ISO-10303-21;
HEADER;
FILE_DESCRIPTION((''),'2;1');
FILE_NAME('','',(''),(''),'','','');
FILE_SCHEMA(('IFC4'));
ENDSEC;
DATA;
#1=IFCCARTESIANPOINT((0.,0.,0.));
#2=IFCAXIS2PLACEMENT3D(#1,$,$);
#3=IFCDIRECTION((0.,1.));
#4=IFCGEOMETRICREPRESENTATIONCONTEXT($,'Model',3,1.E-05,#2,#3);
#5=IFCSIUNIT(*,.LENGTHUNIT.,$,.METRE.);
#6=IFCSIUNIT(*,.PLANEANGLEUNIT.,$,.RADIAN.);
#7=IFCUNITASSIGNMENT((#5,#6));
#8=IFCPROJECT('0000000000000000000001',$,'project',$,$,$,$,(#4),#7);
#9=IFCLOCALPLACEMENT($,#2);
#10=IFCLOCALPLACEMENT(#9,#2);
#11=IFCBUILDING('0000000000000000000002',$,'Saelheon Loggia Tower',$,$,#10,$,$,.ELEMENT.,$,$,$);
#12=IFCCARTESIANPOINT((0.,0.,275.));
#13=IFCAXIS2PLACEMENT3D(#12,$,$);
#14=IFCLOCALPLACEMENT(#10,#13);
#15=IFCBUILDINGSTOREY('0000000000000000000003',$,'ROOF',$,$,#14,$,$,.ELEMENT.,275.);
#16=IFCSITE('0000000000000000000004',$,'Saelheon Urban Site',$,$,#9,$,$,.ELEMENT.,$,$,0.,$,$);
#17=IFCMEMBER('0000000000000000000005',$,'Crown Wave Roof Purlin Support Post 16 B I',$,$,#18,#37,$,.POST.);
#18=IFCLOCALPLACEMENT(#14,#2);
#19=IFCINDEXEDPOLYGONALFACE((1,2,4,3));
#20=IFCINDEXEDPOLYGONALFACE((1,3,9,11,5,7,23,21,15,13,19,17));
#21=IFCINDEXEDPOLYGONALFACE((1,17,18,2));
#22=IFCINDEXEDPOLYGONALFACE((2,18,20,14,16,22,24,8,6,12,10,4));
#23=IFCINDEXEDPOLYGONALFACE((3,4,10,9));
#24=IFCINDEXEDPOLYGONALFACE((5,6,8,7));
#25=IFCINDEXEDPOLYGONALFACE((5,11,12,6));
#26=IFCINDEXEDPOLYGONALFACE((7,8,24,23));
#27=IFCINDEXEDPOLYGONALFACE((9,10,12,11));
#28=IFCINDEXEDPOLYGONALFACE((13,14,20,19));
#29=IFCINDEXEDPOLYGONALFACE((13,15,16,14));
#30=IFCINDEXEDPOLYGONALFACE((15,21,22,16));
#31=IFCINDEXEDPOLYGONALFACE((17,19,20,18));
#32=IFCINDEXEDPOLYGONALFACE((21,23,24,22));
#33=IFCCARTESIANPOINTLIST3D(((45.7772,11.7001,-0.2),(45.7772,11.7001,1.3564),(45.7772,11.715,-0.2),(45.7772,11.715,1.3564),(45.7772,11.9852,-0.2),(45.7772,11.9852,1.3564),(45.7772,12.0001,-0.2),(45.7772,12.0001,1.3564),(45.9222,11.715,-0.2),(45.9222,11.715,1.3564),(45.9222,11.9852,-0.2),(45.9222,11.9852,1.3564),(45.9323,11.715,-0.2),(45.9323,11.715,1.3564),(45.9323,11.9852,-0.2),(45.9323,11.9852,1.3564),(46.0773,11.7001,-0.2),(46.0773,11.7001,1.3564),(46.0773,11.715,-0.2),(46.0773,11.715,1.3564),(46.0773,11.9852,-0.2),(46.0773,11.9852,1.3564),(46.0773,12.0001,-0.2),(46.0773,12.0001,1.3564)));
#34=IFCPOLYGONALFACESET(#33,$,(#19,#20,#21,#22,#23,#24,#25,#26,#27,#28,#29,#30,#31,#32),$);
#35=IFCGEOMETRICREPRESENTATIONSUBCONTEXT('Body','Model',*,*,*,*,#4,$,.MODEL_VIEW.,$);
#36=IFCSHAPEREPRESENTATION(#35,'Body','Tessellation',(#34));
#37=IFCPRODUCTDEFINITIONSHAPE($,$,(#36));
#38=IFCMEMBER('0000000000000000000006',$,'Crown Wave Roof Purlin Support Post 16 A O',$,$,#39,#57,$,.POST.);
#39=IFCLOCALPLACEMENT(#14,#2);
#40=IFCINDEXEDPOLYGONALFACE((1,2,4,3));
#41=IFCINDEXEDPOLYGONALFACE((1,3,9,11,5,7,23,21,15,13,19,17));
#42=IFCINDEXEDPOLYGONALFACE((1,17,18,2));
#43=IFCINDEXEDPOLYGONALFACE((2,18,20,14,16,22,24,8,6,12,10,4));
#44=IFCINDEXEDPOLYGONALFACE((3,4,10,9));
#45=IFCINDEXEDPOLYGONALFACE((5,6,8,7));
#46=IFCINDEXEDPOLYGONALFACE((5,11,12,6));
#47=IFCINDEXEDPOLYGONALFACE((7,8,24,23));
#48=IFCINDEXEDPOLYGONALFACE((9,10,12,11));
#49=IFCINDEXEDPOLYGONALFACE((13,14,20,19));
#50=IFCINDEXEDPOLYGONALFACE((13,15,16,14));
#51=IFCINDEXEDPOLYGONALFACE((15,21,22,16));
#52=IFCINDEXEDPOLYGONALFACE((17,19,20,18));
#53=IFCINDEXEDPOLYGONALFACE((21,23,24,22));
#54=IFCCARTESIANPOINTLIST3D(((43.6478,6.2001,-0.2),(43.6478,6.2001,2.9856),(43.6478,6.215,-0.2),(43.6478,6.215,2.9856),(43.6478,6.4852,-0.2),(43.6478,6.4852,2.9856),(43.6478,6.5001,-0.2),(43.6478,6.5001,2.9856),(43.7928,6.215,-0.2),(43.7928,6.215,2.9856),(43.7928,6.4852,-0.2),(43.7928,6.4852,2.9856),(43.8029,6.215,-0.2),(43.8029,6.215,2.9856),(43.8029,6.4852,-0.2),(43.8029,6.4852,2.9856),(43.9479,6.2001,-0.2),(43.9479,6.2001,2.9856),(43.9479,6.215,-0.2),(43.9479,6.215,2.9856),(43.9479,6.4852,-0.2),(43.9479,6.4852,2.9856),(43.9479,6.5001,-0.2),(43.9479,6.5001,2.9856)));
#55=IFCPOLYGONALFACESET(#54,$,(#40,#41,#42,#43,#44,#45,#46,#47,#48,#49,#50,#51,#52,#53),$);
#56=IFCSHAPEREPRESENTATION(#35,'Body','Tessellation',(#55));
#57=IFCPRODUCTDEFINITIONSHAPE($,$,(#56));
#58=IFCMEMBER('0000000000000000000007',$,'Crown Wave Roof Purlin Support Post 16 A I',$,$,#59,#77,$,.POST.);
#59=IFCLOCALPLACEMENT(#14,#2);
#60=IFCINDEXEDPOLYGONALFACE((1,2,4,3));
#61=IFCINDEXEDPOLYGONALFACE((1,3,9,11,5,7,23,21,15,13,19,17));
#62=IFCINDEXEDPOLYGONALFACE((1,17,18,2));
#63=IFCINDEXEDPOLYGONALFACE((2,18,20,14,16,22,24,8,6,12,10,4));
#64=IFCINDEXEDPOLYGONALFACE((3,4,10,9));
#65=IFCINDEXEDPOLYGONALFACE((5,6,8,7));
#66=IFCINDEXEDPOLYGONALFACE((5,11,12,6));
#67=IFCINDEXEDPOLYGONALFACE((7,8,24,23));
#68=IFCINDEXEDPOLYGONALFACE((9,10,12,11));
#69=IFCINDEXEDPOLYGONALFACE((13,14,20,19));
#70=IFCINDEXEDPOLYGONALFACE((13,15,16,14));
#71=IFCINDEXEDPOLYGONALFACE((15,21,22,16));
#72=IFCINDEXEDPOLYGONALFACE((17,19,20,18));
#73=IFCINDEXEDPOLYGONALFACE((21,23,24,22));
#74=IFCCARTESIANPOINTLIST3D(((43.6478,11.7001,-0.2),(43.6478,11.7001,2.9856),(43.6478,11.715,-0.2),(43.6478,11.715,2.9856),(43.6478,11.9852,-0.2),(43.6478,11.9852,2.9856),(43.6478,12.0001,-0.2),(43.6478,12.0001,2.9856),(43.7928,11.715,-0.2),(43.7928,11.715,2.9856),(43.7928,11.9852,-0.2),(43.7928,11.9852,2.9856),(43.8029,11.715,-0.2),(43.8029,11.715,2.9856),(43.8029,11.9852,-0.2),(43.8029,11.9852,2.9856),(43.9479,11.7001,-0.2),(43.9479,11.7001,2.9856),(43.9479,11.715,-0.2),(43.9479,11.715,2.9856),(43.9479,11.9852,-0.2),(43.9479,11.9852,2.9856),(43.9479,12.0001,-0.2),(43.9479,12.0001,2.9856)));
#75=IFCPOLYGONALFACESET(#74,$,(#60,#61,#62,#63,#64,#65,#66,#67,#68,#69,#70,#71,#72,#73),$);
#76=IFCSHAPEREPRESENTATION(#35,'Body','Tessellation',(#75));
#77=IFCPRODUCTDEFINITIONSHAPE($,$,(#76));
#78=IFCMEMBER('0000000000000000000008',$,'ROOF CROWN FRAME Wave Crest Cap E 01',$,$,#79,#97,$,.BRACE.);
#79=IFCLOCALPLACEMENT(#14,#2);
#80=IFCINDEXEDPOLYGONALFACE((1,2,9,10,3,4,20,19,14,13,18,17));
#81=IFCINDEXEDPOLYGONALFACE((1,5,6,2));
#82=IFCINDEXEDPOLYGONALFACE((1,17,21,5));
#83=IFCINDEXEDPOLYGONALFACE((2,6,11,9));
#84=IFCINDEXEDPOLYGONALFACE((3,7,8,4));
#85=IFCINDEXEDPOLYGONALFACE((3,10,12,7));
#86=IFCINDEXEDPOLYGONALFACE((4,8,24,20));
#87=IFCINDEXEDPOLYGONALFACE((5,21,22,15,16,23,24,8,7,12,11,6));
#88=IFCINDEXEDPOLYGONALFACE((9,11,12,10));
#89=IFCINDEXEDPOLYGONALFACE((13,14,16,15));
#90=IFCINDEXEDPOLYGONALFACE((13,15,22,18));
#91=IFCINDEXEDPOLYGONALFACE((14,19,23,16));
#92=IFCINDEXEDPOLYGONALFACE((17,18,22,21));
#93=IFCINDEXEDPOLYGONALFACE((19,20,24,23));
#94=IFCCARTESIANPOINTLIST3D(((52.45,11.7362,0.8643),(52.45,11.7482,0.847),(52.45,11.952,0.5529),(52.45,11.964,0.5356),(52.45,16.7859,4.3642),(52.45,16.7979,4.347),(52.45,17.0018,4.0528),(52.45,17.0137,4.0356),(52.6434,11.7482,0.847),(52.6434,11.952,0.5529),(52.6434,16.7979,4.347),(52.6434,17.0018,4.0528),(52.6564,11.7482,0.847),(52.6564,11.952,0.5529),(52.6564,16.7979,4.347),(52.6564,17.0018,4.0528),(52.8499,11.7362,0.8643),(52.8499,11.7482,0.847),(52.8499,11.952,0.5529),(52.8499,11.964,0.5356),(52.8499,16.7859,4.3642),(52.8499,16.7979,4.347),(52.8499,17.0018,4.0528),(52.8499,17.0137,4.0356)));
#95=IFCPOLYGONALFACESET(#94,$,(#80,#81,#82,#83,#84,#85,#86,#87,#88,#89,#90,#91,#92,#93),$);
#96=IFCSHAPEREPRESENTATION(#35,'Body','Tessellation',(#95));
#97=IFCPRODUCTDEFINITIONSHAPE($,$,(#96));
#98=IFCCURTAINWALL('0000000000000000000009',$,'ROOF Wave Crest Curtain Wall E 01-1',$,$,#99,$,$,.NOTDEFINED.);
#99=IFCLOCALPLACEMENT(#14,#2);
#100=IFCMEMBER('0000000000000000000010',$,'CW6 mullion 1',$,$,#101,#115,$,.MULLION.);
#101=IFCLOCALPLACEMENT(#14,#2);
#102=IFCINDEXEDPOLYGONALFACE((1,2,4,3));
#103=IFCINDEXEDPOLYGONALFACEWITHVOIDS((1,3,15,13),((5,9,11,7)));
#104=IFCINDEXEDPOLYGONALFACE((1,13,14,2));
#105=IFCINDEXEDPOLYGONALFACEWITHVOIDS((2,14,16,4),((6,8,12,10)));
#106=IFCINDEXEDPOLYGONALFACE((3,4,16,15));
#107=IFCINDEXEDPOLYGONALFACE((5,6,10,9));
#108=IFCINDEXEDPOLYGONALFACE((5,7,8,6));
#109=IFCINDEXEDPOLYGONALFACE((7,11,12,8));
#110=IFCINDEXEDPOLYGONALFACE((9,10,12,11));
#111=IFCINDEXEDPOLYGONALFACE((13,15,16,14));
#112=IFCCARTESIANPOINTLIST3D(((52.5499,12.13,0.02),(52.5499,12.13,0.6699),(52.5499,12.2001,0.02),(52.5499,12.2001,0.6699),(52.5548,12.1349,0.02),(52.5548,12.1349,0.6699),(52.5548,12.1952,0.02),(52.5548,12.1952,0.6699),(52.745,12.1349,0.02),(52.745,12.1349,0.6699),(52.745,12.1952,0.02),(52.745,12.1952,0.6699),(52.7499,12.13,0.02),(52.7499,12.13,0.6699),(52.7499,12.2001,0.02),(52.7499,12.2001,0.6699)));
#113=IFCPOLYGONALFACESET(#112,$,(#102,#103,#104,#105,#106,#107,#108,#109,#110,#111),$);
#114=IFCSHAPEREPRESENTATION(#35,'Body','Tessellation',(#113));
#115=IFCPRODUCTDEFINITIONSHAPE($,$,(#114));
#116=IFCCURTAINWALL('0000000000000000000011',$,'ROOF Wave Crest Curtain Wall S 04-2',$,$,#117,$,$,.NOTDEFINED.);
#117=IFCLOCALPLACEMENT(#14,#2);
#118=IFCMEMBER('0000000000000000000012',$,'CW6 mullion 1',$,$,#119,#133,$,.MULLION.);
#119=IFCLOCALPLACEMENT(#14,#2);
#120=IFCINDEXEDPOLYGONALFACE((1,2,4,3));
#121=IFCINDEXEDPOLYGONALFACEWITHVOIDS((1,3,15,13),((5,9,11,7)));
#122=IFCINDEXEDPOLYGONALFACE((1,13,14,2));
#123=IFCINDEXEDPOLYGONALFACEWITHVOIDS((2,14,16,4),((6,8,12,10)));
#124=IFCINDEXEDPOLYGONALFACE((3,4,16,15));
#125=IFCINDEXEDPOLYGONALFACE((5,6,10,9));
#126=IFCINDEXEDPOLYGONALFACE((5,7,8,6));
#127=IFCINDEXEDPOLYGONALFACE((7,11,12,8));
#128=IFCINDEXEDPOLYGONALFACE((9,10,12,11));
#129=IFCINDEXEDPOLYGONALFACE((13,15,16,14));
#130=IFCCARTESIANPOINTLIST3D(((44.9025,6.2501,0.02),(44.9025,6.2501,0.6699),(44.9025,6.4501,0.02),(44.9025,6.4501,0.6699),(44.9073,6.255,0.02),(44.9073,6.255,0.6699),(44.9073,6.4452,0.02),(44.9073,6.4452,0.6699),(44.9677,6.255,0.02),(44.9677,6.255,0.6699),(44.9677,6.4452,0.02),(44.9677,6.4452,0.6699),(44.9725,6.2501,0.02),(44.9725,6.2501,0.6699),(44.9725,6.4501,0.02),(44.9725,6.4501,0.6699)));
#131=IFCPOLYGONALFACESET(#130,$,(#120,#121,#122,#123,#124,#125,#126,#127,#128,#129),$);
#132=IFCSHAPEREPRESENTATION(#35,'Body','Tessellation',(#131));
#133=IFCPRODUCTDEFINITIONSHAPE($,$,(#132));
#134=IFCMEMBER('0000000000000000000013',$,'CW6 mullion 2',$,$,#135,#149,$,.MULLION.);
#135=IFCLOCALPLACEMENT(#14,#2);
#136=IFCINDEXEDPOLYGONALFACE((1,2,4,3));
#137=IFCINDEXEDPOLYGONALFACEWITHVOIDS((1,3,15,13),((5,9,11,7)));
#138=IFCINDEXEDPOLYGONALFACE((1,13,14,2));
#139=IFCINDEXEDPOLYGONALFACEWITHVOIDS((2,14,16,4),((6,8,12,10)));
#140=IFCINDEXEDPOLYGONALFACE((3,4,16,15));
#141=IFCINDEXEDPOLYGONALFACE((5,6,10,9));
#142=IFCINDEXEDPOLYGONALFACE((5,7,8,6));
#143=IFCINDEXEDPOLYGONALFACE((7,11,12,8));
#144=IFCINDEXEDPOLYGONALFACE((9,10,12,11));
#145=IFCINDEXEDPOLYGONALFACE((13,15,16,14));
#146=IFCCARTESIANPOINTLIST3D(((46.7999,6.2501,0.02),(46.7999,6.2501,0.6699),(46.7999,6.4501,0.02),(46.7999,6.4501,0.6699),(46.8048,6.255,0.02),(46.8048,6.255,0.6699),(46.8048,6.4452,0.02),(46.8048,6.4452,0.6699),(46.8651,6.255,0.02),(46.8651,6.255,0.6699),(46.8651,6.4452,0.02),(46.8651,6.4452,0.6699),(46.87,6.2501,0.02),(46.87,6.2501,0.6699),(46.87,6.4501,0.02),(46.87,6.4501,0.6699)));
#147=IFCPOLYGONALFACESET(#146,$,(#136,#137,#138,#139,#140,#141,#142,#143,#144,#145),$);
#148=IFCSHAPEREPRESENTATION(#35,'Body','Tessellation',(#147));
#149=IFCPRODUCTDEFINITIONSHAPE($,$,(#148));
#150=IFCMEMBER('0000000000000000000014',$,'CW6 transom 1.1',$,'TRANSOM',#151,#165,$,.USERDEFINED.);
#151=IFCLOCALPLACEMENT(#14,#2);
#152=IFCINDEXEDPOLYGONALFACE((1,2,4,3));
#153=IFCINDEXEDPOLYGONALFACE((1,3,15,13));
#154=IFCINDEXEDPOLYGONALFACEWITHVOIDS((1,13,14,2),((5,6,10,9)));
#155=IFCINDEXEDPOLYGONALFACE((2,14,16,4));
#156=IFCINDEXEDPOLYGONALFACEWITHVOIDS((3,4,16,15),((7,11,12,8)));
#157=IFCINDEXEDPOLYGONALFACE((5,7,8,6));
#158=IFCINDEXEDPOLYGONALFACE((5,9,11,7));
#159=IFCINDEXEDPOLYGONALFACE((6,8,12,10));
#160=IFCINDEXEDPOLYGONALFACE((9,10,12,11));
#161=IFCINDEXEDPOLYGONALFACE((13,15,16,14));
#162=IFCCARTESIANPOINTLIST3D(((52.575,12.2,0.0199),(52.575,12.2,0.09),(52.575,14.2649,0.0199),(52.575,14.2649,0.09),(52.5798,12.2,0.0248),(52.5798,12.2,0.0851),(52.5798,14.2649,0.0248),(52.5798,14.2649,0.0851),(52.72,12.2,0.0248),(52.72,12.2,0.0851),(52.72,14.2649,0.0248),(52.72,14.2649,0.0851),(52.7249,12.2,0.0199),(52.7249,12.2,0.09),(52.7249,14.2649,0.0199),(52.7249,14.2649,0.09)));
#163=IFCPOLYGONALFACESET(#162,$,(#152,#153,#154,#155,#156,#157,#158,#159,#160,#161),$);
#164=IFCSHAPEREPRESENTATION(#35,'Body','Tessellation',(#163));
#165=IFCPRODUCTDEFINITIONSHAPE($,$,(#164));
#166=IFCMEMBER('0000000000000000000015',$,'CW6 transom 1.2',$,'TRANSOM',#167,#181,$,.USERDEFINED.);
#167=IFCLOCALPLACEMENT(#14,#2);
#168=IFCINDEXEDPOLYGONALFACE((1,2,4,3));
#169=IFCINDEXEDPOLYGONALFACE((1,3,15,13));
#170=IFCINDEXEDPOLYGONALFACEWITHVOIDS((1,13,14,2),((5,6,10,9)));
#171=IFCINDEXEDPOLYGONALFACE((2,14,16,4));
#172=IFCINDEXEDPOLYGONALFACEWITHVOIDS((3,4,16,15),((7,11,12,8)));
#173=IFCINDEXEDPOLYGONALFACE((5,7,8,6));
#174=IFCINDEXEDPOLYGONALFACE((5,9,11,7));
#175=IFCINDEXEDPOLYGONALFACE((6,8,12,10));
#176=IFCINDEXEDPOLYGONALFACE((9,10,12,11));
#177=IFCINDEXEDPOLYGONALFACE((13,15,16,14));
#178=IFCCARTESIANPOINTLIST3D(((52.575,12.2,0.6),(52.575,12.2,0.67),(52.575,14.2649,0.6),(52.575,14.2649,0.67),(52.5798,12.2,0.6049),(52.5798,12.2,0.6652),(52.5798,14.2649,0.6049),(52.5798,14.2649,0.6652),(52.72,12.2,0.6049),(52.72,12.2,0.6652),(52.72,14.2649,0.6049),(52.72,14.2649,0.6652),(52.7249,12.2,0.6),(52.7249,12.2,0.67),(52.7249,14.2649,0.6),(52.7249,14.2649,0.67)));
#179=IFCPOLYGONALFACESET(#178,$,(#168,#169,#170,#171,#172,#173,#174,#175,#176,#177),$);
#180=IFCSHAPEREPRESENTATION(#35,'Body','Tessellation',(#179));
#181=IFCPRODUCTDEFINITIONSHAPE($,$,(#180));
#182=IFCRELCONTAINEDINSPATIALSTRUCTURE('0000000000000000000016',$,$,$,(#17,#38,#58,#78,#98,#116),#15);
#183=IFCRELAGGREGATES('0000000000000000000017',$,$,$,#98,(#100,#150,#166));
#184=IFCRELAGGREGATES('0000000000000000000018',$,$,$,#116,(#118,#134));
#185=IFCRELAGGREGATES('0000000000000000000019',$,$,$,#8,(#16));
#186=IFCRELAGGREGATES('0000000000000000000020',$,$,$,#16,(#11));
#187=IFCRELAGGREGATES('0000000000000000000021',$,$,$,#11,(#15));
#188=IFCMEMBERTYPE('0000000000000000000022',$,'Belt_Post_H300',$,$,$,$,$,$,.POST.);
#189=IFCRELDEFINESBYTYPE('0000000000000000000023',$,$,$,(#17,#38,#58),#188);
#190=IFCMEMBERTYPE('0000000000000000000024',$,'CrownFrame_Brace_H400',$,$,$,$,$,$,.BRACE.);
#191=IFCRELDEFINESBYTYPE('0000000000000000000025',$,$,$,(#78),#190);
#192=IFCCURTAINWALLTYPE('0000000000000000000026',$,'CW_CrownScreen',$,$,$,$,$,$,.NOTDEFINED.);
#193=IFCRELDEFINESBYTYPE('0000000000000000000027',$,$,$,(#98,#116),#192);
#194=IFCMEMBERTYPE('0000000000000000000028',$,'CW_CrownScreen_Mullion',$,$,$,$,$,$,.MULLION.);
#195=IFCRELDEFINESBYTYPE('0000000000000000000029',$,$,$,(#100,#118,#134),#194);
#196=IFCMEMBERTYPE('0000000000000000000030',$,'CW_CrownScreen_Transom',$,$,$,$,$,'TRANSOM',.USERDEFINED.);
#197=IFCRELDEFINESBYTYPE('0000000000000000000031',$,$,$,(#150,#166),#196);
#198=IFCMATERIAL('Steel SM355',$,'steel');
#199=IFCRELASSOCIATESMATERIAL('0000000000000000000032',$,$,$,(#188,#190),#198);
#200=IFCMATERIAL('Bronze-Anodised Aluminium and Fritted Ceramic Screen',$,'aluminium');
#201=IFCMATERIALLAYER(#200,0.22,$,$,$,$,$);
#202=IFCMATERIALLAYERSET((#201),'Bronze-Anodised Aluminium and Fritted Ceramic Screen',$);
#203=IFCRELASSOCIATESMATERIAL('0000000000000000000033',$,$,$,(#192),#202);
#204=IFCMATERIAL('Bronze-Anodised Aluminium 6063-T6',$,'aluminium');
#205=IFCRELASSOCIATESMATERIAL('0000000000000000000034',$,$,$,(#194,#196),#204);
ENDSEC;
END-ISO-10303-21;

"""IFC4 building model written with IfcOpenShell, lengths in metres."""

from ifc_helpers import new_model, si_unit, direction, frame, origin, origin_2d, place, context, subcontext, project, spatial, hollow_rectangle, i_section, extrude, source, transform, mapped, material, layer, layer_set, material_profile, profile_set, type_object, element, aggregate, save


model = new_model("IFC4")

# Units and contexts
model_context = context("Model", 3, precision=1e-05, world=origin(), true_north=direction((0.0, 1.0)))
body_context = subcontext(model_context, "Body", "Model", "MODEL_VIEW")
ifc_project = project(units=[si_unit("LENGTHUNIT", "METRE"), si_unit("PLANEANGLEUNIT", "RADIAN")], contexts=[model_context])

# Site, building, storey
site_placement = place(None, origin())
site = spatial("IfcSite", under=ifc_project, at=site_placement, Name="Saelheon Urban Site", CompositionType="ELEMENT", RefElevation=0.0)
building_placement = place(site_placement, origin())
building = spatial("IfcBuilding", under=site, at=building_placement, Name="Saelheon Loggia Tower", CompositionType="ELEMENT")
storey_placement = place(building_placement, frame((0.0, 0.0, 275.0)))
storey = spatial("IfcBuildingStorey", under=building, at=storey_placement, Name="ROOF", CompositionType="ELEMENT", Elevation=275.0)

# Members
ifc_material_1 = material(Name="Steel SM355", Category="steel")
ifc_material_profile_1 = material_profile(ifc_material_1, i_section(OverallWidth=0.3, OverallDepth=0.3, WebThickness=0.01, FlangeThickness=0.0149, at=origin_2d()), Name="H-300x300x10x15")
ifc_profile_set_1 = profile_set([ifc_material_profile_1], Name="Steel SM355")
member_type_1 = type_object("IfcMemberType", Name="Belt_Post_H300", PredefinedType="POST", material=ifc_profile_set_1)
shared_shape_1 = source(origin(), body_context, "Body", "SweptSolid", [
    extrude(i_section(OverallWidth=0.3, OverallDepth=0.3, WebThickness=0.01, FlangeThickness=0.0149, at=origin_2d()), origin(), (0.0, 0.0, 1.0), 1.5564),
])
for number, where, z_axis, x_axis, name in (
    (1, (45.9272, 11.8501, -0.2), (0.0, 0.0, 1.0), (1.0, 0.0, 0.0), "Crown Wave Roof Purlin Support Post 16 B I"),
):
    element("IfcMember", number, at=place(storey_placement, frame(where, z_axis=z_axis, x_axis=x_axis)), inside=storey, type_object=member_type_1, Name=name, PredefinedType="POST", context=body_context, shape_type="MappedRepresentation", body=[
        mapped(shared_shape_1, transform((0.0, 0.0, 0.0), scale=1.0)),
    ])
shared_shape_2 = source(origin(), body_context, "Body", "SweptSolid", [
    extrude(i_section(OverallWidth=0.3, OverallDepth=0.3, WebThickness=0.01, FlangeThickness=0.0149, at=origin_2d()), origin(), (0.0, 0.0, 1.0), 3.1855),
])
for number, where, z_axis, x_axis, name in (
    (2, (43.7979, 6.3501, -0.2), (0.0, 0.0, 1.0), (1.0, 0.0, 0.0), "Crown Wave Roof Purlin Support Post 16 A O"),
    (3, (43.7979, 11.8501, -0.2), (0.0, 0.0, 1.0), (1.0, 0.0, 0.0), "Crown Wave Roof Purlin Support Post 16 A I"),
):
    element("IfcMember", number, at=place(storey_placement, frame(where, z_axis=z_axis, x_axis=x_axis)), inside=storey, type_object=member_type_1, Name=name, PredefinedType="POST", context=body_context, shape_type="MappedRepresentation", body=[
        mapped(shared_shape_2, transform((0.0, 0.0, 0.0), scale=1.0)),
    ])
ifc_material_profile_2 = material_profile(ifc_material_1, i_section(OverallWidth=0.3999, OverallDepth=0.3999, WebThickness=0.0129, FlangeThickness=0.021, at=origin_2d()), Name="H-400x400x13x21")
ifc_profile_set_2 = profile_set([ifc_material_profile_2], Name="Steel SM355")
member_type_2 = type_object("IfcMemberType", Name="CrownFrame_Brace_H400", PredefinedType="BRACE", material=ifc_profile_set_2)
shared_shape_3 = source(origin(), body_context, "Body", "SweptSolid", [
    extrude(i_section(OverallWidth=0.3999, OverallDepth=0.3999, WebThickness=0.0129, FlangeThickness=0.021, at=origin_2d()), origin(), (0.0, 0.0, 1.0), 6.144),
])
member_1_placement = place(storey_placement, frame((52.6499, 11.8501, 0.7), z_axis=(0.0, 0.821889, 0.569648), x_axis=(-1.0, 0.0, 0.0)))
element("IfcMember", 4, at=member_1_placement, inside=storey, type_object=member_type_2, Name="ROOF CROWN FRAME Wave Crest Cap E 01", PredefinedType="BRACE", context=body_context, shape_type="MappedRepresentation", body=[
    mapped(shared_shape_3, transform((0.0, 0.0, 0.0), scale=1.0)),
])

# Curtain wall, member
ifc_material_2 = material(Name="Bronze-Anodised Aluminium and Fritted Ceramic Screen", Category="aluminium")
ifc_layer_1 = layer(ifc_material_2, 0.22)
ifc_layer_set_1 = layer_set([ifc_layer_1], Name="Bronze-Anodised Aluminium and Fritted Ceramic Screen")
curtain_wall_type = type_object("IfcCurtainWallType", Name="CW_CrownScreen", PredefinedType="NOTDEFINED", material=ifc_layer_set_1)
curtain_wall_1_placement = place(storey_placement, origin())
curtain_wall_1 = element("IfcCurtainWall", 5, at=curtain_wall_1_placement, inside=storey, type_object=curtain_wall_type, Name="ROOF Wave Crest Curtain Wall E 01-1", PredefinedType="NOTDEFINED")
ifc_material_3 = material(Name="Bronze-Anodised Aluminium 6063-T6", Category="aluminium")
ifc_material_profile_3 = material_profile(ifc_material_3, hollow_rectangle(XDim=0.0701, YDim=0.2, WallThickness=0.0049, at=origin_2d()), Name="RHS-200x70x5")
ifc_profile_set_3 = profile_set([ifc_material_profile_3], Name="Bronze-Anodised Aluminium 6063-T6")
member_type_3 = type_object("IfcMemberType", Name="CW_CrownScreen_Mullion", PredefinedType="MULLION", material=ifc_profile_set_3)
shared_shape_4 = source(origin(), body_context, "Body", "SweptSolid", [
    extrude(hollow_rectangle(XDim=0.0701, YDim=0.2, WallThickness=0.0049, at=origin_2d()), origin(), (0.0, 0.0, 1.0), 0.6499),
])
member_2_placement = place(storey_placement, frame((52.6499, 12.165, 0.02), z_axis=(0.0, 0.0, 1.0), x_axis=(0.0, 1.0, 0.0)))
member_2 = element("IfcMember", 6, at=member_2_placement, type_object=member_type_3, Name="CW6 mullion 1", PredefinedType="MULLION", context=body_context, shape_type="MappedRepresentation", body=[
    mapped(shared_shape_4, transform((0.0, 0.0, 0.0), scale=1.0)),
])

# Curtain wall, members
curtain_wall_2_placement = place(storey_placement, origin())
curtain_wall_2 = element("IfcCurtainWall", 7, at=curtain_wall_2_placement, inside=storey, type_object=curtain_wall_type, Name="ROOF Wave Crest Curtain Wall S 04-2", PredefinedType="NOTDEFINED")
member_3_placement = place(storey_placement, frame((44.9375, 6.3501, 0.02), z_axis=(0.0, 0.0, 1.0), x_axis=(1.0, 0.0, 0.0)))
member_3 = element("IfcMember", 8, at=member_3_placement, type_object=member_type_3, Name="CW6 mullion 1", PredefinedType="MULLION", context=body_context, shape_type="MappedRepresentation", body=[
    mapped(shared_shape_4, transform((0.0, 0.0, 0.0), scale=1.0)),
])
member_4_placement = place(storey_placement, frame((46.835, 6.3501, 0.02), z_axis=(0.0, 0.0, 1.0), x_axis=(1.0, 0.0, 0.0)))
member_4 = element("IfcMember", 9, at=member_4_placement, type_object=member_type_3, Name="CW6 mullion 2", PredefinedType="MULLION", context=body_context, shape_type="MappedRepresentation", body=[
    mapped(shared_shape_4, transform((0.0, 0.0, 0.0), scale=1.0)),
])

# Members
ifc_material_profile_4 = material_profile(ifc_material_3, hollow_rectangle(XDim=0.0701, YDim=0.1499, WallThickness=0.0049, at=origin_2d()), Name="RHS-150x70x5")
ifc_profile_set_4 = profile_set([ifc_material_profile_4], Name="Bronze-Anodised Aluminium 6063-T6")
member_type_4 = type_object("IfcMemberType", Name="CW_CrownScreen_Transom", ElementType="TRANSOM", PredefinedType="USERDEFINED", material=ifc_profile_set_4)
shared_shape_5 = source(origin(), body_context, "Body", "SweptSolid", [
    extrude(hollow_rectangle(XDim=0.0701, YDim=0.1499, WallThickness=0.0049, at=origin_2d()), origin(), (0.0, 0.0, 1.0), 2.0649),
])
member_5_placement = place(storey_placement, frame((52.6499, 12.2, 0.0549), z_axis=(0.0, 1.0, 0.0), x_axis=(0.0, 0.0, 1.0)))
member_5 = element("IfcMember", 10, at=member_5_placement, type_object=member_type_4, Name="CW6 transom 1.1", ObjectType="TRANSOM", PredefinedType="USERDEFINED", context=body_context, shape_type="MappedRepresentation", body=[
    mapped(shared_shape_5, transform((0.0, 0.0, 0.0), scale=1.0)),
])
member_6_placement = place(storey_placement, frame((52.6499, 12.2, 0.635), z_axis=(0.0, 1.0, 0.0), x_axis=(0.0, 0.0, 1.0)))
member_6 = element("IfcMember", 11, at=member_6_placement, type_object=member_type_4, Name="CW6 transom 1.2", ObjectType="TRANSOM", PredefinedType="USERDEFINED", context=body_context, shape_type="MappedRepresentation", body=[
    mapped(shared_shape_5, transform((0.0, 0.0, 0.0), scale=1.0)),
])

aggregate(curtain_wall_1, [member_2, member_5, member_6])
aggregate(curtain_wall_2, [member_3, member_4])

save(model, "model.ifc")
